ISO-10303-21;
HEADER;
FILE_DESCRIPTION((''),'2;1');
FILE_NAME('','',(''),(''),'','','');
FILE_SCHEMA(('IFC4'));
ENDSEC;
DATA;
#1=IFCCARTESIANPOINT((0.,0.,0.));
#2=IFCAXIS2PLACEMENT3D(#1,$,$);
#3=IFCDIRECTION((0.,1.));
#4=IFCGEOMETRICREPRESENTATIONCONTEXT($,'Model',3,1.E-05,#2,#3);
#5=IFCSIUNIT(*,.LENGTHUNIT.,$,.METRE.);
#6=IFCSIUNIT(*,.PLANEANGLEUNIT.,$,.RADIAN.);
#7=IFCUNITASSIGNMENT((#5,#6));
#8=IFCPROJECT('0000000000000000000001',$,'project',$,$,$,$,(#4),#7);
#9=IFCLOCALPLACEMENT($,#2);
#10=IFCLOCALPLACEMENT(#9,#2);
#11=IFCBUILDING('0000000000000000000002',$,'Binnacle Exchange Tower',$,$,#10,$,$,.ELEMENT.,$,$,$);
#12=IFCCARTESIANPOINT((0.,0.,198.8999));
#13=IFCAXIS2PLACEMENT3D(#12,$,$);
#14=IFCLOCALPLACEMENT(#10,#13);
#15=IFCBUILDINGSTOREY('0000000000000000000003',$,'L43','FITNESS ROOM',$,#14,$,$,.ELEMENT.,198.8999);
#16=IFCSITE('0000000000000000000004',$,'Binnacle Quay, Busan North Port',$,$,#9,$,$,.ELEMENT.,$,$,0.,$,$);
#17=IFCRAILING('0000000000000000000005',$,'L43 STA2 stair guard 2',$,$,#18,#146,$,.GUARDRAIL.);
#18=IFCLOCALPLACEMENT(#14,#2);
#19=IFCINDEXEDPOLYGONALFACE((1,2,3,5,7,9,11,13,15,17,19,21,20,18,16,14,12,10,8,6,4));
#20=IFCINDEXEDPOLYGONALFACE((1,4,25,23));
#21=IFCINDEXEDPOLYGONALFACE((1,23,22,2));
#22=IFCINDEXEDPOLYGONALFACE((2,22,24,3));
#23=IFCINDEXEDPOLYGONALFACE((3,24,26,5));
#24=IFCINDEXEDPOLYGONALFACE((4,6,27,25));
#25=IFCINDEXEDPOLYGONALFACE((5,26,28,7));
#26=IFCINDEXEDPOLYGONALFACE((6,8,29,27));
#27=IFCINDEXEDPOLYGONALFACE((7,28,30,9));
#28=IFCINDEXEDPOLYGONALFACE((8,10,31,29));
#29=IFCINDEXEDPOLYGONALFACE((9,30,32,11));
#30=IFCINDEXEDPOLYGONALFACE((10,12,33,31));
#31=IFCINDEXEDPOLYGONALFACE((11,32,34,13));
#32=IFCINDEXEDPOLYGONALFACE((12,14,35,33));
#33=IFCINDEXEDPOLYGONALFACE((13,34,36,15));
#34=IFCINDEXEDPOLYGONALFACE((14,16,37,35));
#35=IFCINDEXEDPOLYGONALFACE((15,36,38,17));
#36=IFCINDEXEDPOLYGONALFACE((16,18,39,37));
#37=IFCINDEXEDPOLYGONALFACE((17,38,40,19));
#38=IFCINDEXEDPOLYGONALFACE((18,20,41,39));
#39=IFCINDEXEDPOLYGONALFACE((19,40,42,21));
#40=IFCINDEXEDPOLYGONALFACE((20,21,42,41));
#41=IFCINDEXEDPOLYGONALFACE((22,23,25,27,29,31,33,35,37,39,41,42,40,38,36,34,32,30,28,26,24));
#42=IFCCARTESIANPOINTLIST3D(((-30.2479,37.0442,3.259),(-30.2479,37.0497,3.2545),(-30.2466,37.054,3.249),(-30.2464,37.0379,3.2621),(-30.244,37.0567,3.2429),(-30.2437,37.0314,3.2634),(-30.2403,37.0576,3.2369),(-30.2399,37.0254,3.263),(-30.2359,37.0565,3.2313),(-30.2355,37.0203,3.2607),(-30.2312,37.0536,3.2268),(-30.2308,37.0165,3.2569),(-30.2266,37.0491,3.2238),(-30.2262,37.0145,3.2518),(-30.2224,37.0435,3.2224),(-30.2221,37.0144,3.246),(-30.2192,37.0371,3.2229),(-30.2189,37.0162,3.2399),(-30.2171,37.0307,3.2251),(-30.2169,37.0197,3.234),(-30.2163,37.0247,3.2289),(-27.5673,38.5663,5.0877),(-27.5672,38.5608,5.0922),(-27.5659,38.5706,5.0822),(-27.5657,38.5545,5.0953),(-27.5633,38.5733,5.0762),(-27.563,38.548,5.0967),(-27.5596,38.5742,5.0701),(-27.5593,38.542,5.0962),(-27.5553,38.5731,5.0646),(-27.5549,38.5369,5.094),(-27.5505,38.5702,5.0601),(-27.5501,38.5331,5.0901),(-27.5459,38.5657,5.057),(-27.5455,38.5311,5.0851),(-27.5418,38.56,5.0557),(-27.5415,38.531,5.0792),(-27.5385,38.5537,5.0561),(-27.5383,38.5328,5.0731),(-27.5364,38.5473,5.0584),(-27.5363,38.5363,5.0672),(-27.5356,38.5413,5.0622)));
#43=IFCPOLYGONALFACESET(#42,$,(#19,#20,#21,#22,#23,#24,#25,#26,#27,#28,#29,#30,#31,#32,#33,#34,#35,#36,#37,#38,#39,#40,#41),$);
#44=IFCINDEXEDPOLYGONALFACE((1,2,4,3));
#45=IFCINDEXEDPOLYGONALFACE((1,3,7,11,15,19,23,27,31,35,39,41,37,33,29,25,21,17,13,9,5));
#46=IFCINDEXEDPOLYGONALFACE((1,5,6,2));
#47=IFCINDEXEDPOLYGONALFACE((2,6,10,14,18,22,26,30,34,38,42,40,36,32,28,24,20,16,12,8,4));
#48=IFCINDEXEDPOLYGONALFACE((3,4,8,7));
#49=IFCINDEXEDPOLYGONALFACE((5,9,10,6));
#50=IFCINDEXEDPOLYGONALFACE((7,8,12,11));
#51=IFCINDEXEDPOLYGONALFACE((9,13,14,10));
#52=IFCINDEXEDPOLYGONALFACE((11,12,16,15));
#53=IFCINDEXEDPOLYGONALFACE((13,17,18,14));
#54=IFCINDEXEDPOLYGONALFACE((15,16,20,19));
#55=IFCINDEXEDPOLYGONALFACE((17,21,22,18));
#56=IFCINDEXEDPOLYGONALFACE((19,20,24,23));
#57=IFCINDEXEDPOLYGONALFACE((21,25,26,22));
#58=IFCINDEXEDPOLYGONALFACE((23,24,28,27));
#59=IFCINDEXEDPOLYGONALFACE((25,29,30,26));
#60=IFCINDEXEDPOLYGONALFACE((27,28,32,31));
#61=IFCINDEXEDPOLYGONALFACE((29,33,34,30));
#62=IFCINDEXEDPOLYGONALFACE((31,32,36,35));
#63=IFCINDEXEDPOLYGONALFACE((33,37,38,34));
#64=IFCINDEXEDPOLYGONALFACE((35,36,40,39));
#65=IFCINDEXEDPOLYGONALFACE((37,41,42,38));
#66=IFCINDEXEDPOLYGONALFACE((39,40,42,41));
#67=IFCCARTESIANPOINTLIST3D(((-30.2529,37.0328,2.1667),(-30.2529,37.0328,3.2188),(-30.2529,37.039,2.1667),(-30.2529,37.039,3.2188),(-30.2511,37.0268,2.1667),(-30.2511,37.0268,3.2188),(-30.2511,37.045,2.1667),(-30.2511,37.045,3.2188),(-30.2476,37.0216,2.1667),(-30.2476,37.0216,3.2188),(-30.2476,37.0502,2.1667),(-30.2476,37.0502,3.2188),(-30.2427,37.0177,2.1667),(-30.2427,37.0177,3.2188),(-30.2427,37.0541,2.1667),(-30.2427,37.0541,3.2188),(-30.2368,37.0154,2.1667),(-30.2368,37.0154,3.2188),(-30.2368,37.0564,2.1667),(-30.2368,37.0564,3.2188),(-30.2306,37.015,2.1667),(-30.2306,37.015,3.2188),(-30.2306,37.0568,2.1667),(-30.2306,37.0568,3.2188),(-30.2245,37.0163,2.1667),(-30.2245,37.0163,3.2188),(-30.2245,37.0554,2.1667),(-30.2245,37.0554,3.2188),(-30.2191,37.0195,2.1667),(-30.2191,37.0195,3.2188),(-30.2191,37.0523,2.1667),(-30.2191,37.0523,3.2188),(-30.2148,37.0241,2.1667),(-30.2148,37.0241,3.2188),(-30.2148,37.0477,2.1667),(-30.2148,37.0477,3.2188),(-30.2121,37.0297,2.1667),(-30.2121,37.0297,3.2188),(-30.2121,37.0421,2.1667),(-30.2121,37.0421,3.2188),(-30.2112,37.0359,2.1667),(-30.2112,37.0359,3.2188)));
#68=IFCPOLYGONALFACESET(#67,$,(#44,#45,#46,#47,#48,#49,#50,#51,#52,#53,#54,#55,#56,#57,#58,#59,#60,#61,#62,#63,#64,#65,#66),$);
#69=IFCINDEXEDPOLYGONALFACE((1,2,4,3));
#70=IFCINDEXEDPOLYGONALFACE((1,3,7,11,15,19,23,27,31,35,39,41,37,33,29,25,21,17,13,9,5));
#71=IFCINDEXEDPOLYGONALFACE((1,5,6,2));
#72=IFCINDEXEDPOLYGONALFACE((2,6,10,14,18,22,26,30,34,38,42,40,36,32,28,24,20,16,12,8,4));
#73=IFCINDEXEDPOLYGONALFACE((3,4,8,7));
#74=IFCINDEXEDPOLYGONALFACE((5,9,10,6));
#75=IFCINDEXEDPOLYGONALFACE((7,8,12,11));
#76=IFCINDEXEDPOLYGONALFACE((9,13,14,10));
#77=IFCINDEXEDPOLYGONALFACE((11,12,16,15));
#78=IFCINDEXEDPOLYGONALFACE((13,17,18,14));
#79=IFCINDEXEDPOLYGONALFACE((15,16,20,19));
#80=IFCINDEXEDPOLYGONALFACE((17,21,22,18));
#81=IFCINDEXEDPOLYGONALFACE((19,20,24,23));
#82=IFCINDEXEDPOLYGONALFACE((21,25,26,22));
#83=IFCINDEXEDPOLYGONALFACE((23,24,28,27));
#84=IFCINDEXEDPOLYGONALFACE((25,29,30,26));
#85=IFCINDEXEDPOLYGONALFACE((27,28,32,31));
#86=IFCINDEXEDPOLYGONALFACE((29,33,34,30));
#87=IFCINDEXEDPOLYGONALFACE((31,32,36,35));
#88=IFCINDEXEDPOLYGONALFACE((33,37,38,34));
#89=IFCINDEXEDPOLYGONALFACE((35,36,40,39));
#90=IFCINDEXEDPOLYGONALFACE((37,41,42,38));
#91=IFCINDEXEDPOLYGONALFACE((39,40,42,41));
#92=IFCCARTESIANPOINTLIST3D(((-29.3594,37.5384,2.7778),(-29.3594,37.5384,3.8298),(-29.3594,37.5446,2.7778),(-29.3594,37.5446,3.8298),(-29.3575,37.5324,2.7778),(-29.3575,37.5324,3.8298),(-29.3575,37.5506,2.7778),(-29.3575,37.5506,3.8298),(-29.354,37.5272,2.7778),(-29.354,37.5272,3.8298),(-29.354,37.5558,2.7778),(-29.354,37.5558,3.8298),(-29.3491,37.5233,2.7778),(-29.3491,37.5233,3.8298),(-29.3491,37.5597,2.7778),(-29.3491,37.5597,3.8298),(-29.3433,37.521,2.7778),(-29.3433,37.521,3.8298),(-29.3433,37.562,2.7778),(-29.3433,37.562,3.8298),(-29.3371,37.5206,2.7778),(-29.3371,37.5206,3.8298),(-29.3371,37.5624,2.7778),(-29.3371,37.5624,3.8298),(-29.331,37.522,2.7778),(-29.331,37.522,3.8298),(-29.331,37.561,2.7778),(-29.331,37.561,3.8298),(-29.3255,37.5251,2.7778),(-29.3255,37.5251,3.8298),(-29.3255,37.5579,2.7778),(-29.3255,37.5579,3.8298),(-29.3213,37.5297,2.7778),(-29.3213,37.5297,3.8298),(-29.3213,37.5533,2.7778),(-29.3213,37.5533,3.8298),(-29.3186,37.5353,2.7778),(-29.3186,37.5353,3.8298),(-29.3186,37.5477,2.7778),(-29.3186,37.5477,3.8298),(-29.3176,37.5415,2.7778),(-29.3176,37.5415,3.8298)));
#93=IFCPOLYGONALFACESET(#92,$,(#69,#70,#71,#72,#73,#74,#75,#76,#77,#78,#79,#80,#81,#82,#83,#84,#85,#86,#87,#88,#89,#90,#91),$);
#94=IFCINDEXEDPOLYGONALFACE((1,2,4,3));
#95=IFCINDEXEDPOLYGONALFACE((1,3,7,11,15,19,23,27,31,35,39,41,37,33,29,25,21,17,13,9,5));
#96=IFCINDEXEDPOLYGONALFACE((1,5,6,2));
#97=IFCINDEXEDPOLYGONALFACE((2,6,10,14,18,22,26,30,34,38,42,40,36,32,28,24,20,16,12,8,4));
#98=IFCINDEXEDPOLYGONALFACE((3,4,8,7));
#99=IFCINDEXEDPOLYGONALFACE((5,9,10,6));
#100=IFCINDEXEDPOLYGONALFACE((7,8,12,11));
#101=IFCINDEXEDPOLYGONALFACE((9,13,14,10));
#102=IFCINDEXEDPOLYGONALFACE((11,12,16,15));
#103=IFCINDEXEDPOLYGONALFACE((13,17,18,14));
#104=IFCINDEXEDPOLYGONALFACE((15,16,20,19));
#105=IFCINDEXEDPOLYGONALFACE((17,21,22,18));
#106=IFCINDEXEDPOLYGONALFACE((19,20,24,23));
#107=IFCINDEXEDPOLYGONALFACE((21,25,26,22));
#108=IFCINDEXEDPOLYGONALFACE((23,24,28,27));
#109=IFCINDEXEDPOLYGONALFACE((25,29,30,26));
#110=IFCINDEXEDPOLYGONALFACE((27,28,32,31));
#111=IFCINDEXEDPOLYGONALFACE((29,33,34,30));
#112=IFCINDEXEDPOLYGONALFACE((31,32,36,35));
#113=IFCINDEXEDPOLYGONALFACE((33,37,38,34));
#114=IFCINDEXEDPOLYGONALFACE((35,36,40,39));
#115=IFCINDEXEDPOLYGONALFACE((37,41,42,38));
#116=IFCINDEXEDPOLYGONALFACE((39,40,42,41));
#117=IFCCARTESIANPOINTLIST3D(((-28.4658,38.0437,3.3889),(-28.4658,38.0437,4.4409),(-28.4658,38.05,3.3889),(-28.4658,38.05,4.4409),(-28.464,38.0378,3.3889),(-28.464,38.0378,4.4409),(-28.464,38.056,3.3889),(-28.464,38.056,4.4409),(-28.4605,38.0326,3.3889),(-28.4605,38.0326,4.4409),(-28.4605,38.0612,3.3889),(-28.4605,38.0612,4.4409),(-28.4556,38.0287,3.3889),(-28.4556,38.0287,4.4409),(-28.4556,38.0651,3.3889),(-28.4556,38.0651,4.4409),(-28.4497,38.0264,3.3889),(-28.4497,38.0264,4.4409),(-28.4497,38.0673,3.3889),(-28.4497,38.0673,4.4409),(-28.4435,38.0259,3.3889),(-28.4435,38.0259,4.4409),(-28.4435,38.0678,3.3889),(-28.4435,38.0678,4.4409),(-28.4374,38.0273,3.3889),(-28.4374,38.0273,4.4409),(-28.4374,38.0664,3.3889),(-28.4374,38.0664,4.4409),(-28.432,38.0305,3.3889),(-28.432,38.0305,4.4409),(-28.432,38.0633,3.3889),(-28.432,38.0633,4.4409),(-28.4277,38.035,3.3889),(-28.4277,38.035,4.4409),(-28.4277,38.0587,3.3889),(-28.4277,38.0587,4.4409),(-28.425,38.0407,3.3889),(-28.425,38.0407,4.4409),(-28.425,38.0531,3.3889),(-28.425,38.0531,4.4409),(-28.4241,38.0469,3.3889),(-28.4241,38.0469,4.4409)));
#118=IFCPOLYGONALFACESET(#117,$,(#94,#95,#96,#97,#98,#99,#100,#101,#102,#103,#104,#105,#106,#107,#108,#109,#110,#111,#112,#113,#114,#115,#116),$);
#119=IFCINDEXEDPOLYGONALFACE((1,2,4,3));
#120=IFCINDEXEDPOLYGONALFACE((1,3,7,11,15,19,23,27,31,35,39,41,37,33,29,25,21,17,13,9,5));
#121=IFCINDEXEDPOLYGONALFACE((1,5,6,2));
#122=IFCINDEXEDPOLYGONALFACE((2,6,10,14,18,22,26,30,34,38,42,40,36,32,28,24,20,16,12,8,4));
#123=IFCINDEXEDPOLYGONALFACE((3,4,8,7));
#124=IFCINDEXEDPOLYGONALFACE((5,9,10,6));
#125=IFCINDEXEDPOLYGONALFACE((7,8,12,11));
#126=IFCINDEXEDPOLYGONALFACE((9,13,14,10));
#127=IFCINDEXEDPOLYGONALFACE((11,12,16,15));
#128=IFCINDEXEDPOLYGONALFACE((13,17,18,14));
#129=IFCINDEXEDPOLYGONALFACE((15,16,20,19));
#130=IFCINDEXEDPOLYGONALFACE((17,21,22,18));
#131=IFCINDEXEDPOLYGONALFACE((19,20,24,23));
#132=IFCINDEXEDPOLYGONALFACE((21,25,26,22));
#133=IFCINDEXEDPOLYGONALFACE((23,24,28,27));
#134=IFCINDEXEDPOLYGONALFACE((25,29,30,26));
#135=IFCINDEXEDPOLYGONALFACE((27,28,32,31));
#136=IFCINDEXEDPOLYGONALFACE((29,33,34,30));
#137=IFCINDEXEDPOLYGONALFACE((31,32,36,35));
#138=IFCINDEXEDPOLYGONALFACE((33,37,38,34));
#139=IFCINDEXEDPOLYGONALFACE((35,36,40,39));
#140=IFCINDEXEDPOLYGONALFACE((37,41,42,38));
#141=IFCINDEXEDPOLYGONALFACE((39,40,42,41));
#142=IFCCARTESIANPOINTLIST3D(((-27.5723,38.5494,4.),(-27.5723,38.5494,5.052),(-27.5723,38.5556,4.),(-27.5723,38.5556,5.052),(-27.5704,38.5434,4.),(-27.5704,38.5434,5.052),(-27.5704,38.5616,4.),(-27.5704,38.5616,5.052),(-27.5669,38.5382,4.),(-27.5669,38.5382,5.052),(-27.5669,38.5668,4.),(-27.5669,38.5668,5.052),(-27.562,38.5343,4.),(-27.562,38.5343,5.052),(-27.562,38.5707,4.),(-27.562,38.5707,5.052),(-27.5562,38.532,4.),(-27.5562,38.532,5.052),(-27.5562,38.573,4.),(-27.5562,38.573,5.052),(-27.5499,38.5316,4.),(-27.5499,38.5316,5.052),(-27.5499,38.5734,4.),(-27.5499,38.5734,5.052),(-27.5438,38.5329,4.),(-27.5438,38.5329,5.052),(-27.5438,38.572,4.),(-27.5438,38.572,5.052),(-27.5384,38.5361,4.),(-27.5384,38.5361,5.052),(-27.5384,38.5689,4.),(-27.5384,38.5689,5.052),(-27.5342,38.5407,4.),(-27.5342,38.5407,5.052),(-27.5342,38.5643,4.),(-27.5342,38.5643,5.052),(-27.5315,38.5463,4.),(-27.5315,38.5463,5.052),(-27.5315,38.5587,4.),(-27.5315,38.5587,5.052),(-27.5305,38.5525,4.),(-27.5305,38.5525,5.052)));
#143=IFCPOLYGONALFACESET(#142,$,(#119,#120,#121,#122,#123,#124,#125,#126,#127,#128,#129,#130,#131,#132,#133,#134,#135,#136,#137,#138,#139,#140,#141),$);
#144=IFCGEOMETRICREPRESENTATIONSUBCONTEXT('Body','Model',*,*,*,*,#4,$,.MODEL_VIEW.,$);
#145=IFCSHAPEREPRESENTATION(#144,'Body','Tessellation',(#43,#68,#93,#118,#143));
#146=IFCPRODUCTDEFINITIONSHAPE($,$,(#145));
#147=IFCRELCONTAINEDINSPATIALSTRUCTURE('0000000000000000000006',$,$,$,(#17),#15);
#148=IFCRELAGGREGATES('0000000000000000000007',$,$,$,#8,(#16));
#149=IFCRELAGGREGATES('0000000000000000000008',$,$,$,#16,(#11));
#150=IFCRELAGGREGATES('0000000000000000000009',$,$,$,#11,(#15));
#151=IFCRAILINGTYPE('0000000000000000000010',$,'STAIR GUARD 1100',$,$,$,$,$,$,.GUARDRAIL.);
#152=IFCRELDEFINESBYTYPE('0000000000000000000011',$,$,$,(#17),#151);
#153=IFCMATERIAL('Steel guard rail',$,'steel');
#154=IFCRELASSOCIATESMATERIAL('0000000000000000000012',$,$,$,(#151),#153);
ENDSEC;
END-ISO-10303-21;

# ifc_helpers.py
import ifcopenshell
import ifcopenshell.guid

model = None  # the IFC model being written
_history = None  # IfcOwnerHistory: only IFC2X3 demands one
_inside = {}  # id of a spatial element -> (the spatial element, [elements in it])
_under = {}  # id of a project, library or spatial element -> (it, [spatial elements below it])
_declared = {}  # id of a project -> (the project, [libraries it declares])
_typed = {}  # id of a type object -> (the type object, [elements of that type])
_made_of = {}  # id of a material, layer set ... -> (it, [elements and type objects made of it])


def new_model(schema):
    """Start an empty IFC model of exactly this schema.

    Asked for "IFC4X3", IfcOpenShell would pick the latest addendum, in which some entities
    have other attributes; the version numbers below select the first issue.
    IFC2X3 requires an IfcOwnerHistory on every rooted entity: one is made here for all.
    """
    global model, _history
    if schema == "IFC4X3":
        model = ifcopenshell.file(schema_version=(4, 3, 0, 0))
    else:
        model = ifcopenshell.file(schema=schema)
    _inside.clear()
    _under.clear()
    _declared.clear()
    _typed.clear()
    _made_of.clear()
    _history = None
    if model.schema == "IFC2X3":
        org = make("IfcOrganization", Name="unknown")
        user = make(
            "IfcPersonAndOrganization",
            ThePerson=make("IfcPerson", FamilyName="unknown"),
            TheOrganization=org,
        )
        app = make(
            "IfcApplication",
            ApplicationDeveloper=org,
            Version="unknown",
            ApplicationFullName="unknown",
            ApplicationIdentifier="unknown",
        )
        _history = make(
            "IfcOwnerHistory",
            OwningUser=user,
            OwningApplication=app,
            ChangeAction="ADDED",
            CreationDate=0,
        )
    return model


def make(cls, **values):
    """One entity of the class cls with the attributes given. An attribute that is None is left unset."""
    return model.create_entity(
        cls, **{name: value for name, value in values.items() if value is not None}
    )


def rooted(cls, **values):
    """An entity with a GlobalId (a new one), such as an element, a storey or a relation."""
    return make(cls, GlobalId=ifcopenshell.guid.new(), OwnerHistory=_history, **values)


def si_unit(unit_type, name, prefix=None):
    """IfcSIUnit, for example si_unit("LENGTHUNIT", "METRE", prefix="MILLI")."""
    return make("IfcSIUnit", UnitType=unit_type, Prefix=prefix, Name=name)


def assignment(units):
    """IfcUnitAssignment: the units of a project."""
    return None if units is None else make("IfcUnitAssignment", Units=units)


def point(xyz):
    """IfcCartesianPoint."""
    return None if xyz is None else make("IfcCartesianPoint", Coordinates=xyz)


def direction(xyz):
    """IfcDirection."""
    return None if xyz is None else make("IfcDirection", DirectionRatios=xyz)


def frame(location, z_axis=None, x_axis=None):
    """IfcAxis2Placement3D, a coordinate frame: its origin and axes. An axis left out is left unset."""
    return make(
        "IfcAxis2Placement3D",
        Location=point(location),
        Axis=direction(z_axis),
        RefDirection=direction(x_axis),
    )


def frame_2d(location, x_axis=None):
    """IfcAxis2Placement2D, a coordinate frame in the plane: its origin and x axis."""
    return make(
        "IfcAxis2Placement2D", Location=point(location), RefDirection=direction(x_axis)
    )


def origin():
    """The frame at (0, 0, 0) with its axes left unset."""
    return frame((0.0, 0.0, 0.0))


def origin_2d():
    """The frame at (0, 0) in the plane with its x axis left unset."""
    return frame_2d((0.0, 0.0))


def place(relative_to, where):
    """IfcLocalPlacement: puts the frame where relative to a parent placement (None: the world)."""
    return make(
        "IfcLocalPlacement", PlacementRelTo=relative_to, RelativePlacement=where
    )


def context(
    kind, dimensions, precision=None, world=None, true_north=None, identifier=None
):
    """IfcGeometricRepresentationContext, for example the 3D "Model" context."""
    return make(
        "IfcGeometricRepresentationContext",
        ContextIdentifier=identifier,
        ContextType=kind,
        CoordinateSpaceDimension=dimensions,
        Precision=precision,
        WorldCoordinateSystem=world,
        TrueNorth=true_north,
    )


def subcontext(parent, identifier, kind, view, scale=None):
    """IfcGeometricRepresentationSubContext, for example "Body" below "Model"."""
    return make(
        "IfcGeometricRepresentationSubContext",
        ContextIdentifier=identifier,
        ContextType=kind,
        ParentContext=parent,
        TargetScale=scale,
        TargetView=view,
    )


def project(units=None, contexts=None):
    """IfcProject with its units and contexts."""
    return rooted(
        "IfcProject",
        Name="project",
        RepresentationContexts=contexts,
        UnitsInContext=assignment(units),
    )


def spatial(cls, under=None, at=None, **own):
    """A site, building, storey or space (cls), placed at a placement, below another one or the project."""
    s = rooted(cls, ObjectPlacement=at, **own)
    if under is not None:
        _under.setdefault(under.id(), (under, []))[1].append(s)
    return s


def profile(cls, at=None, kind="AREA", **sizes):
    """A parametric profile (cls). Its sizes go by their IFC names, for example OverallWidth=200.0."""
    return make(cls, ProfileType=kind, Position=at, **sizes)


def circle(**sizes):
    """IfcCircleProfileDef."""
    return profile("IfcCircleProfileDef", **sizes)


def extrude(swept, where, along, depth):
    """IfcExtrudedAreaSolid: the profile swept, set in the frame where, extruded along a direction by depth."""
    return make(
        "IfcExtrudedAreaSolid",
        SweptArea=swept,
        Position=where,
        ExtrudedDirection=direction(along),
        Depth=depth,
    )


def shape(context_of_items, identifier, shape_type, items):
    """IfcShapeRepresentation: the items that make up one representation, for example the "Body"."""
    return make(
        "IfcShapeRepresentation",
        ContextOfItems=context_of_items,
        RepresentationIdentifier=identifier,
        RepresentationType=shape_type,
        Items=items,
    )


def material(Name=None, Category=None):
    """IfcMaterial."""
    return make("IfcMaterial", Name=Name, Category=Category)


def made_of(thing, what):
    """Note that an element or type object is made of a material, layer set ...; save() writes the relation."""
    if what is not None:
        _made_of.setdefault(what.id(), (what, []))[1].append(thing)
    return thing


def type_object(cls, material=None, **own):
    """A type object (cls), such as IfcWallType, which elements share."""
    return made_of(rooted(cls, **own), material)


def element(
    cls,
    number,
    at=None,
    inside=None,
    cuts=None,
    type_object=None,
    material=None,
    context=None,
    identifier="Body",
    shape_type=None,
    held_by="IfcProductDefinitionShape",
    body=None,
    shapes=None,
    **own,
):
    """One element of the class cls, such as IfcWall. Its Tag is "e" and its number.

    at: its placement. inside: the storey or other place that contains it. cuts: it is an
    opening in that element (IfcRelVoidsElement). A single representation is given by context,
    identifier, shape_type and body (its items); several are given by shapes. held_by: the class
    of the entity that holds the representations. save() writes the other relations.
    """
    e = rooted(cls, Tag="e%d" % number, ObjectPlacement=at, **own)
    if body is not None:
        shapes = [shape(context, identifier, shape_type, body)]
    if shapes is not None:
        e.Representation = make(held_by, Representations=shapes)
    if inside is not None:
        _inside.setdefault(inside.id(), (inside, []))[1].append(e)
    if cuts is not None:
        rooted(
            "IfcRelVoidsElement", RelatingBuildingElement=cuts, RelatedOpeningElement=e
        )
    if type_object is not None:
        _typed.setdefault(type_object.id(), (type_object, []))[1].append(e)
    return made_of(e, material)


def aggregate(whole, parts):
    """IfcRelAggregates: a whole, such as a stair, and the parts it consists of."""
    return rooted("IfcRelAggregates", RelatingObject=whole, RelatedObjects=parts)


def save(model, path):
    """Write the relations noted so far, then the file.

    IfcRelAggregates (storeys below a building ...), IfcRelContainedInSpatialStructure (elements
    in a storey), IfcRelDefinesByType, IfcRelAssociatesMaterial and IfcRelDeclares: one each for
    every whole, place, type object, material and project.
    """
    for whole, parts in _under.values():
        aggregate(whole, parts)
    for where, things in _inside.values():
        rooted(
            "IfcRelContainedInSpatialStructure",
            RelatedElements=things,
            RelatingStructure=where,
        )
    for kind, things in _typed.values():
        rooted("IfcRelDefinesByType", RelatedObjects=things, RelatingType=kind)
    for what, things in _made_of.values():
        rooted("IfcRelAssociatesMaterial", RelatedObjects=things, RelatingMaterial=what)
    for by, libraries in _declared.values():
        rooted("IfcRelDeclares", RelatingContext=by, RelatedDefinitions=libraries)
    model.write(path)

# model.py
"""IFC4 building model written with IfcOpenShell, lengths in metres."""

from ifc_helpers import new_model, si_unit, direction, frame, origin, origin_2d, place, context, subcontext, project, spatial, circle, extrude, material, type_object, element, save


model = new_model("IFC4")

# Units and contexts
model_context = context("Model", 3, precision=1e-05, world=origin(), true_north=direction((0.0, 1.0)))
body_context = subcontext(model_context, "Body", "Model", "MODEL_VIEW")
ifc_project = project(units=[si_unit("LENGTHUNIT", "METRE"), si_unit("PLANEANGLEUNIT", "RADIAN")], contexts=[model_context])

# Site, building, storey
site_placement = place(None, origin())
site = spatial("IfcSite", under=ifc_project, at=site_placement, Name="Binnacle Quay, Busan North Port", CompositionType="ELEMENT", RefElevation=0.0)
building_placement = place(site_placement, origin())
building = spatial("IfcBuilding", under=site, at=building_placement, Name="Binnacle Exchange Tower", CompositionType="ELEMENT")
storey_placement = place(building_placement, frame((0.0, 0.0, 198.8999)))
storey = spatial("IfcBuildingStorey", under=building, at=storey_placement, Name="L43", Description="FITNESS ROOM", CompositionType="ELEMENT", Elevation=198.8999)

# Railing
ifc_material_1 = material(Name="Steel guard rail", Category="steel")
railing_type_1 = type_object("IfcRailingType", Name="STAIR GUARD 1100", PredefinedType="GUARDRAIL", material=ifc_material_1)
railing_1_placement = place(storey_placement, frame((-30.2322, 37.0359, 2.1667)))
element("IfcRailing", 1, at=railing_1_placement, inside=storey, type_object=railing_type_1, Name="L43 STA2 stair guard 2", PredefinedType="GUARDRAIL", context=body_context, shape_type="SweptSolid", body=[
    extrude(circle(Radius=0.0239, at=origin_2d()), frame((0.0, 0.0, 1.0762), z_axis=(0.747901, 0.423129, 0.511474), x_axis=(-0.492412, 0.870362, 0.0)), (0.0, 0.0, 1.0), 3.5842),
    extrude(circle(Radius=0.021, at=origin_2d()), origin(), (0.0, 0.0, 1.0), 1.052),
    extrude(circle(Radius=0.021, at=origin_2d()), frame((0.8936, 0.5056, 0.6111)), (0.0, 0.0, 1.0), 1.052),
    extrude(circle(Radius=0.021, at=origin_2d()), frame((1.7871, 1.011, 1.2222)), (0.0, 0.0, 1.0), 1.052),
    extrude(circle(Radius=0.021, at=origin_2d()), frame((2.6807, 1.5166, 1.8333)), (0.0, 0.0, 1.0), 1.052),
])

save(model, "model.ifc")
